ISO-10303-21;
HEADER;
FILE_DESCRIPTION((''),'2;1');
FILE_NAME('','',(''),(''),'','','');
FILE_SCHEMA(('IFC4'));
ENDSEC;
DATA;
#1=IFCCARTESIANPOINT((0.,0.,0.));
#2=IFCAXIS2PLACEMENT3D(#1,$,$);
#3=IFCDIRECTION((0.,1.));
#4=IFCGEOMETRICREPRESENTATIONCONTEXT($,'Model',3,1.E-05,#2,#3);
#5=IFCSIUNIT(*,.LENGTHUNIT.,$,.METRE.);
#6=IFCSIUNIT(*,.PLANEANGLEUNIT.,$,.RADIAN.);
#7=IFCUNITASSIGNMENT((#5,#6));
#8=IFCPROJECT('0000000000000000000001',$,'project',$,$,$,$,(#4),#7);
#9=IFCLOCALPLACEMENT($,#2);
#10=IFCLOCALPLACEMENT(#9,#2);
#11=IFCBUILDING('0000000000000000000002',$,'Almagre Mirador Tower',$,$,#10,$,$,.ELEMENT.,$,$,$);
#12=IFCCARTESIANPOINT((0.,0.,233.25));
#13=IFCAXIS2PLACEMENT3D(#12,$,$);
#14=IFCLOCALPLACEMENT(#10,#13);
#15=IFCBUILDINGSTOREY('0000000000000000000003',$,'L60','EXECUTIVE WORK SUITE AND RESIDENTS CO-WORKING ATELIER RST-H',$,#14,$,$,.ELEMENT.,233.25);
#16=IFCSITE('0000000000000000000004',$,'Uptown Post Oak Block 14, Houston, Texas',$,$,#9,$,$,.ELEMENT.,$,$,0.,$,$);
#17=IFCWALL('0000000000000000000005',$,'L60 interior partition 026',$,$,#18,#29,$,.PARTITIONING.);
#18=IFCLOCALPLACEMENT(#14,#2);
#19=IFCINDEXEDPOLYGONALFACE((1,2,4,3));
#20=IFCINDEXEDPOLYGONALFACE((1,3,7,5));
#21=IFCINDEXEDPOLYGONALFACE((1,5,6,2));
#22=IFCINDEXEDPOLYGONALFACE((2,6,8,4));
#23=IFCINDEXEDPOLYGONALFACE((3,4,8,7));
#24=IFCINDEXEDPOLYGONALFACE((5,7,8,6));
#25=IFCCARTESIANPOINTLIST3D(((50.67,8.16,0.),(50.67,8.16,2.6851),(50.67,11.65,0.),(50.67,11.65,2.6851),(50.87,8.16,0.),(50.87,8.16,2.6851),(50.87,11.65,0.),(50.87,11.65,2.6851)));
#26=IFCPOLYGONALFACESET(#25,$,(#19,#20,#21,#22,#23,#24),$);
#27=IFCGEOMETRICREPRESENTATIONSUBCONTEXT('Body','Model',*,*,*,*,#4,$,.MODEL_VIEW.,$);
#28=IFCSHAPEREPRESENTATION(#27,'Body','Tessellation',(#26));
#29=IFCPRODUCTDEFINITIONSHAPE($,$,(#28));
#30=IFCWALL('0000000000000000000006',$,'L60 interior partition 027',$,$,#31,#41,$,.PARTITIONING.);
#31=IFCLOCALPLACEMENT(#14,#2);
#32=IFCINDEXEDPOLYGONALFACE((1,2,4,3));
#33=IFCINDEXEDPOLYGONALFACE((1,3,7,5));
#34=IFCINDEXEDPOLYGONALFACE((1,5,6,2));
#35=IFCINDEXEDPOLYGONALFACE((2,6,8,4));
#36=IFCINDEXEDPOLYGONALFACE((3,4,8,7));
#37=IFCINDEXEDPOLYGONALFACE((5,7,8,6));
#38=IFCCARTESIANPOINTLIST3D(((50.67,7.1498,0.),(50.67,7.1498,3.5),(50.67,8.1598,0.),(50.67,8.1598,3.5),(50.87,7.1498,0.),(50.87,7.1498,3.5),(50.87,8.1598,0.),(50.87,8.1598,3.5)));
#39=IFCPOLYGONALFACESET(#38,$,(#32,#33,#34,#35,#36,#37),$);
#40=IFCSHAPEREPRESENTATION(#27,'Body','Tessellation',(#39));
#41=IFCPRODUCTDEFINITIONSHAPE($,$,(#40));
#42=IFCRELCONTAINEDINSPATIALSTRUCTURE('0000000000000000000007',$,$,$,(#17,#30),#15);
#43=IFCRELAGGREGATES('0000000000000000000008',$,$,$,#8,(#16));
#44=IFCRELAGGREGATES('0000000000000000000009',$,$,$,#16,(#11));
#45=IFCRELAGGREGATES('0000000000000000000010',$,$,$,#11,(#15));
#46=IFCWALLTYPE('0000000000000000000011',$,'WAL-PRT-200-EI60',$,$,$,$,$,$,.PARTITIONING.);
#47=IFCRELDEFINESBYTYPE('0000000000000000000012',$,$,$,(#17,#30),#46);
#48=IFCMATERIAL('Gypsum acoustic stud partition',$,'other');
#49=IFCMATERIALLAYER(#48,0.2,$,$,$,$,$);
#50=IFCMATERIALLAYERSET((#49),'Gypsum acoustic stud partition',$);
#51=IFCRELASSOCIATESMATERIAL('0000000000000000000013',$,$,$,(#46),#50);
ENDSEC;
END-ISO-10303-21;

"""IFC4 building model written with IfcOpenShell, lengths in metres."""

from ifc_helpers import new_model, si_unit, direction, frame, frame_2d, origin, place, context, subcontext, project, spatial, rectangle, extrude, material, layer, layer_set, type_object, element, save


model = new_model("IFC4")

# Units and contexts
model_context = context("Model", 3, precision=1e-05, world=origin(), true_north=direction((0.0, 1.0)))
body_context = subcontext(model_context, "Body", "Model", "MODEL_VIEW")
ifc_project = project(units=[si_unit("LENGTHUNIT", "METRE"), si_unit("PLANEANGLEUNIT", "RADIAN")], contexts=[model_context])

# Site, building, storey
site_placement = place(None, origin())
site = spatial("IfcSite", under=ifc_project, at=site_placement, Name="Uptown Post Oak Block 14, Houston, Texas", CompositionType="ELEMENT", RefElevation=0.0)
building_placement = place(site_placement, origin())
building = spatial("IfcBuilding", under=site, at=building_placement, Name="Almagre Mirador Tower", CompositionType="ELEMENT")
storey_placement = place(building_placement, frame((0.0, 0.0, 233.25)))
storey = spatial("IfcBuildingStorey", under=building, at=storey_placement, Name="L60", Description="EXECUTIVE WORK SUITE AND RESIDENTS CO-WORKING ATELIER RST-H", CompositionType="ELEMENT", Elevation=233.25)

# Walls
ifc_material_1 = material(Name="Gypsum acoustic stud partition", Category="other")
ifc_layer_1 = layer(ifc_material_1, 0.2)
ifc_layer_set_1 = layer_set([ifc_layer_1], Name="Gypsum acoustic stud partition")
wall_type_1 = type_object("IfcWallType", Name="WAL-PRT-200-EI60", PredefinedType="PARTITIONING", material=ifc_layer_set_1)
wall_1_placement = place(storey_placement, frame((50.77, 8.1599, 0.0), z_axis=(0.0, 0.0, 1.0), x_axis=(0.0, 1.0, 0.0)))
element("IfcWall", 1, at=wall_1_placement, inside=storey, type_object=wall_type_1, Name="L60 interior partition 026", PredefinedType="PARTITIONING", context=body_context, shape_type="SweptSolid", body=[
    extrude(rectangle(XDim=3.49, YDim=0.2, at=frame_2d((1.7451, 0.0))), origin(), (0.0, 0.0, 1.0), 2.6851),
])
wall_2_placement = place(storey_placement, frame((50.77, 7.1499, 0.0), z_axis=(0.0, 0.0, 1.0), x_axis=(0.0, 1.0, 0.0)))
element("IfcWall", 2, at=wall_2_placement, inside=storey, type_object=wall_type_1, Name="L60 interior partition 027", PredefinedType="PARTITIONING", context=body_context, shape_type="SweptSolid", body=[
    extrude(rectangle(XDim=1.01, YDim=0.2, at=frame_2d((0.5049, 0.0))), origin(), (0.0, 0.0, 1.0), 3.5),
])

save(model, "model.ifc")
